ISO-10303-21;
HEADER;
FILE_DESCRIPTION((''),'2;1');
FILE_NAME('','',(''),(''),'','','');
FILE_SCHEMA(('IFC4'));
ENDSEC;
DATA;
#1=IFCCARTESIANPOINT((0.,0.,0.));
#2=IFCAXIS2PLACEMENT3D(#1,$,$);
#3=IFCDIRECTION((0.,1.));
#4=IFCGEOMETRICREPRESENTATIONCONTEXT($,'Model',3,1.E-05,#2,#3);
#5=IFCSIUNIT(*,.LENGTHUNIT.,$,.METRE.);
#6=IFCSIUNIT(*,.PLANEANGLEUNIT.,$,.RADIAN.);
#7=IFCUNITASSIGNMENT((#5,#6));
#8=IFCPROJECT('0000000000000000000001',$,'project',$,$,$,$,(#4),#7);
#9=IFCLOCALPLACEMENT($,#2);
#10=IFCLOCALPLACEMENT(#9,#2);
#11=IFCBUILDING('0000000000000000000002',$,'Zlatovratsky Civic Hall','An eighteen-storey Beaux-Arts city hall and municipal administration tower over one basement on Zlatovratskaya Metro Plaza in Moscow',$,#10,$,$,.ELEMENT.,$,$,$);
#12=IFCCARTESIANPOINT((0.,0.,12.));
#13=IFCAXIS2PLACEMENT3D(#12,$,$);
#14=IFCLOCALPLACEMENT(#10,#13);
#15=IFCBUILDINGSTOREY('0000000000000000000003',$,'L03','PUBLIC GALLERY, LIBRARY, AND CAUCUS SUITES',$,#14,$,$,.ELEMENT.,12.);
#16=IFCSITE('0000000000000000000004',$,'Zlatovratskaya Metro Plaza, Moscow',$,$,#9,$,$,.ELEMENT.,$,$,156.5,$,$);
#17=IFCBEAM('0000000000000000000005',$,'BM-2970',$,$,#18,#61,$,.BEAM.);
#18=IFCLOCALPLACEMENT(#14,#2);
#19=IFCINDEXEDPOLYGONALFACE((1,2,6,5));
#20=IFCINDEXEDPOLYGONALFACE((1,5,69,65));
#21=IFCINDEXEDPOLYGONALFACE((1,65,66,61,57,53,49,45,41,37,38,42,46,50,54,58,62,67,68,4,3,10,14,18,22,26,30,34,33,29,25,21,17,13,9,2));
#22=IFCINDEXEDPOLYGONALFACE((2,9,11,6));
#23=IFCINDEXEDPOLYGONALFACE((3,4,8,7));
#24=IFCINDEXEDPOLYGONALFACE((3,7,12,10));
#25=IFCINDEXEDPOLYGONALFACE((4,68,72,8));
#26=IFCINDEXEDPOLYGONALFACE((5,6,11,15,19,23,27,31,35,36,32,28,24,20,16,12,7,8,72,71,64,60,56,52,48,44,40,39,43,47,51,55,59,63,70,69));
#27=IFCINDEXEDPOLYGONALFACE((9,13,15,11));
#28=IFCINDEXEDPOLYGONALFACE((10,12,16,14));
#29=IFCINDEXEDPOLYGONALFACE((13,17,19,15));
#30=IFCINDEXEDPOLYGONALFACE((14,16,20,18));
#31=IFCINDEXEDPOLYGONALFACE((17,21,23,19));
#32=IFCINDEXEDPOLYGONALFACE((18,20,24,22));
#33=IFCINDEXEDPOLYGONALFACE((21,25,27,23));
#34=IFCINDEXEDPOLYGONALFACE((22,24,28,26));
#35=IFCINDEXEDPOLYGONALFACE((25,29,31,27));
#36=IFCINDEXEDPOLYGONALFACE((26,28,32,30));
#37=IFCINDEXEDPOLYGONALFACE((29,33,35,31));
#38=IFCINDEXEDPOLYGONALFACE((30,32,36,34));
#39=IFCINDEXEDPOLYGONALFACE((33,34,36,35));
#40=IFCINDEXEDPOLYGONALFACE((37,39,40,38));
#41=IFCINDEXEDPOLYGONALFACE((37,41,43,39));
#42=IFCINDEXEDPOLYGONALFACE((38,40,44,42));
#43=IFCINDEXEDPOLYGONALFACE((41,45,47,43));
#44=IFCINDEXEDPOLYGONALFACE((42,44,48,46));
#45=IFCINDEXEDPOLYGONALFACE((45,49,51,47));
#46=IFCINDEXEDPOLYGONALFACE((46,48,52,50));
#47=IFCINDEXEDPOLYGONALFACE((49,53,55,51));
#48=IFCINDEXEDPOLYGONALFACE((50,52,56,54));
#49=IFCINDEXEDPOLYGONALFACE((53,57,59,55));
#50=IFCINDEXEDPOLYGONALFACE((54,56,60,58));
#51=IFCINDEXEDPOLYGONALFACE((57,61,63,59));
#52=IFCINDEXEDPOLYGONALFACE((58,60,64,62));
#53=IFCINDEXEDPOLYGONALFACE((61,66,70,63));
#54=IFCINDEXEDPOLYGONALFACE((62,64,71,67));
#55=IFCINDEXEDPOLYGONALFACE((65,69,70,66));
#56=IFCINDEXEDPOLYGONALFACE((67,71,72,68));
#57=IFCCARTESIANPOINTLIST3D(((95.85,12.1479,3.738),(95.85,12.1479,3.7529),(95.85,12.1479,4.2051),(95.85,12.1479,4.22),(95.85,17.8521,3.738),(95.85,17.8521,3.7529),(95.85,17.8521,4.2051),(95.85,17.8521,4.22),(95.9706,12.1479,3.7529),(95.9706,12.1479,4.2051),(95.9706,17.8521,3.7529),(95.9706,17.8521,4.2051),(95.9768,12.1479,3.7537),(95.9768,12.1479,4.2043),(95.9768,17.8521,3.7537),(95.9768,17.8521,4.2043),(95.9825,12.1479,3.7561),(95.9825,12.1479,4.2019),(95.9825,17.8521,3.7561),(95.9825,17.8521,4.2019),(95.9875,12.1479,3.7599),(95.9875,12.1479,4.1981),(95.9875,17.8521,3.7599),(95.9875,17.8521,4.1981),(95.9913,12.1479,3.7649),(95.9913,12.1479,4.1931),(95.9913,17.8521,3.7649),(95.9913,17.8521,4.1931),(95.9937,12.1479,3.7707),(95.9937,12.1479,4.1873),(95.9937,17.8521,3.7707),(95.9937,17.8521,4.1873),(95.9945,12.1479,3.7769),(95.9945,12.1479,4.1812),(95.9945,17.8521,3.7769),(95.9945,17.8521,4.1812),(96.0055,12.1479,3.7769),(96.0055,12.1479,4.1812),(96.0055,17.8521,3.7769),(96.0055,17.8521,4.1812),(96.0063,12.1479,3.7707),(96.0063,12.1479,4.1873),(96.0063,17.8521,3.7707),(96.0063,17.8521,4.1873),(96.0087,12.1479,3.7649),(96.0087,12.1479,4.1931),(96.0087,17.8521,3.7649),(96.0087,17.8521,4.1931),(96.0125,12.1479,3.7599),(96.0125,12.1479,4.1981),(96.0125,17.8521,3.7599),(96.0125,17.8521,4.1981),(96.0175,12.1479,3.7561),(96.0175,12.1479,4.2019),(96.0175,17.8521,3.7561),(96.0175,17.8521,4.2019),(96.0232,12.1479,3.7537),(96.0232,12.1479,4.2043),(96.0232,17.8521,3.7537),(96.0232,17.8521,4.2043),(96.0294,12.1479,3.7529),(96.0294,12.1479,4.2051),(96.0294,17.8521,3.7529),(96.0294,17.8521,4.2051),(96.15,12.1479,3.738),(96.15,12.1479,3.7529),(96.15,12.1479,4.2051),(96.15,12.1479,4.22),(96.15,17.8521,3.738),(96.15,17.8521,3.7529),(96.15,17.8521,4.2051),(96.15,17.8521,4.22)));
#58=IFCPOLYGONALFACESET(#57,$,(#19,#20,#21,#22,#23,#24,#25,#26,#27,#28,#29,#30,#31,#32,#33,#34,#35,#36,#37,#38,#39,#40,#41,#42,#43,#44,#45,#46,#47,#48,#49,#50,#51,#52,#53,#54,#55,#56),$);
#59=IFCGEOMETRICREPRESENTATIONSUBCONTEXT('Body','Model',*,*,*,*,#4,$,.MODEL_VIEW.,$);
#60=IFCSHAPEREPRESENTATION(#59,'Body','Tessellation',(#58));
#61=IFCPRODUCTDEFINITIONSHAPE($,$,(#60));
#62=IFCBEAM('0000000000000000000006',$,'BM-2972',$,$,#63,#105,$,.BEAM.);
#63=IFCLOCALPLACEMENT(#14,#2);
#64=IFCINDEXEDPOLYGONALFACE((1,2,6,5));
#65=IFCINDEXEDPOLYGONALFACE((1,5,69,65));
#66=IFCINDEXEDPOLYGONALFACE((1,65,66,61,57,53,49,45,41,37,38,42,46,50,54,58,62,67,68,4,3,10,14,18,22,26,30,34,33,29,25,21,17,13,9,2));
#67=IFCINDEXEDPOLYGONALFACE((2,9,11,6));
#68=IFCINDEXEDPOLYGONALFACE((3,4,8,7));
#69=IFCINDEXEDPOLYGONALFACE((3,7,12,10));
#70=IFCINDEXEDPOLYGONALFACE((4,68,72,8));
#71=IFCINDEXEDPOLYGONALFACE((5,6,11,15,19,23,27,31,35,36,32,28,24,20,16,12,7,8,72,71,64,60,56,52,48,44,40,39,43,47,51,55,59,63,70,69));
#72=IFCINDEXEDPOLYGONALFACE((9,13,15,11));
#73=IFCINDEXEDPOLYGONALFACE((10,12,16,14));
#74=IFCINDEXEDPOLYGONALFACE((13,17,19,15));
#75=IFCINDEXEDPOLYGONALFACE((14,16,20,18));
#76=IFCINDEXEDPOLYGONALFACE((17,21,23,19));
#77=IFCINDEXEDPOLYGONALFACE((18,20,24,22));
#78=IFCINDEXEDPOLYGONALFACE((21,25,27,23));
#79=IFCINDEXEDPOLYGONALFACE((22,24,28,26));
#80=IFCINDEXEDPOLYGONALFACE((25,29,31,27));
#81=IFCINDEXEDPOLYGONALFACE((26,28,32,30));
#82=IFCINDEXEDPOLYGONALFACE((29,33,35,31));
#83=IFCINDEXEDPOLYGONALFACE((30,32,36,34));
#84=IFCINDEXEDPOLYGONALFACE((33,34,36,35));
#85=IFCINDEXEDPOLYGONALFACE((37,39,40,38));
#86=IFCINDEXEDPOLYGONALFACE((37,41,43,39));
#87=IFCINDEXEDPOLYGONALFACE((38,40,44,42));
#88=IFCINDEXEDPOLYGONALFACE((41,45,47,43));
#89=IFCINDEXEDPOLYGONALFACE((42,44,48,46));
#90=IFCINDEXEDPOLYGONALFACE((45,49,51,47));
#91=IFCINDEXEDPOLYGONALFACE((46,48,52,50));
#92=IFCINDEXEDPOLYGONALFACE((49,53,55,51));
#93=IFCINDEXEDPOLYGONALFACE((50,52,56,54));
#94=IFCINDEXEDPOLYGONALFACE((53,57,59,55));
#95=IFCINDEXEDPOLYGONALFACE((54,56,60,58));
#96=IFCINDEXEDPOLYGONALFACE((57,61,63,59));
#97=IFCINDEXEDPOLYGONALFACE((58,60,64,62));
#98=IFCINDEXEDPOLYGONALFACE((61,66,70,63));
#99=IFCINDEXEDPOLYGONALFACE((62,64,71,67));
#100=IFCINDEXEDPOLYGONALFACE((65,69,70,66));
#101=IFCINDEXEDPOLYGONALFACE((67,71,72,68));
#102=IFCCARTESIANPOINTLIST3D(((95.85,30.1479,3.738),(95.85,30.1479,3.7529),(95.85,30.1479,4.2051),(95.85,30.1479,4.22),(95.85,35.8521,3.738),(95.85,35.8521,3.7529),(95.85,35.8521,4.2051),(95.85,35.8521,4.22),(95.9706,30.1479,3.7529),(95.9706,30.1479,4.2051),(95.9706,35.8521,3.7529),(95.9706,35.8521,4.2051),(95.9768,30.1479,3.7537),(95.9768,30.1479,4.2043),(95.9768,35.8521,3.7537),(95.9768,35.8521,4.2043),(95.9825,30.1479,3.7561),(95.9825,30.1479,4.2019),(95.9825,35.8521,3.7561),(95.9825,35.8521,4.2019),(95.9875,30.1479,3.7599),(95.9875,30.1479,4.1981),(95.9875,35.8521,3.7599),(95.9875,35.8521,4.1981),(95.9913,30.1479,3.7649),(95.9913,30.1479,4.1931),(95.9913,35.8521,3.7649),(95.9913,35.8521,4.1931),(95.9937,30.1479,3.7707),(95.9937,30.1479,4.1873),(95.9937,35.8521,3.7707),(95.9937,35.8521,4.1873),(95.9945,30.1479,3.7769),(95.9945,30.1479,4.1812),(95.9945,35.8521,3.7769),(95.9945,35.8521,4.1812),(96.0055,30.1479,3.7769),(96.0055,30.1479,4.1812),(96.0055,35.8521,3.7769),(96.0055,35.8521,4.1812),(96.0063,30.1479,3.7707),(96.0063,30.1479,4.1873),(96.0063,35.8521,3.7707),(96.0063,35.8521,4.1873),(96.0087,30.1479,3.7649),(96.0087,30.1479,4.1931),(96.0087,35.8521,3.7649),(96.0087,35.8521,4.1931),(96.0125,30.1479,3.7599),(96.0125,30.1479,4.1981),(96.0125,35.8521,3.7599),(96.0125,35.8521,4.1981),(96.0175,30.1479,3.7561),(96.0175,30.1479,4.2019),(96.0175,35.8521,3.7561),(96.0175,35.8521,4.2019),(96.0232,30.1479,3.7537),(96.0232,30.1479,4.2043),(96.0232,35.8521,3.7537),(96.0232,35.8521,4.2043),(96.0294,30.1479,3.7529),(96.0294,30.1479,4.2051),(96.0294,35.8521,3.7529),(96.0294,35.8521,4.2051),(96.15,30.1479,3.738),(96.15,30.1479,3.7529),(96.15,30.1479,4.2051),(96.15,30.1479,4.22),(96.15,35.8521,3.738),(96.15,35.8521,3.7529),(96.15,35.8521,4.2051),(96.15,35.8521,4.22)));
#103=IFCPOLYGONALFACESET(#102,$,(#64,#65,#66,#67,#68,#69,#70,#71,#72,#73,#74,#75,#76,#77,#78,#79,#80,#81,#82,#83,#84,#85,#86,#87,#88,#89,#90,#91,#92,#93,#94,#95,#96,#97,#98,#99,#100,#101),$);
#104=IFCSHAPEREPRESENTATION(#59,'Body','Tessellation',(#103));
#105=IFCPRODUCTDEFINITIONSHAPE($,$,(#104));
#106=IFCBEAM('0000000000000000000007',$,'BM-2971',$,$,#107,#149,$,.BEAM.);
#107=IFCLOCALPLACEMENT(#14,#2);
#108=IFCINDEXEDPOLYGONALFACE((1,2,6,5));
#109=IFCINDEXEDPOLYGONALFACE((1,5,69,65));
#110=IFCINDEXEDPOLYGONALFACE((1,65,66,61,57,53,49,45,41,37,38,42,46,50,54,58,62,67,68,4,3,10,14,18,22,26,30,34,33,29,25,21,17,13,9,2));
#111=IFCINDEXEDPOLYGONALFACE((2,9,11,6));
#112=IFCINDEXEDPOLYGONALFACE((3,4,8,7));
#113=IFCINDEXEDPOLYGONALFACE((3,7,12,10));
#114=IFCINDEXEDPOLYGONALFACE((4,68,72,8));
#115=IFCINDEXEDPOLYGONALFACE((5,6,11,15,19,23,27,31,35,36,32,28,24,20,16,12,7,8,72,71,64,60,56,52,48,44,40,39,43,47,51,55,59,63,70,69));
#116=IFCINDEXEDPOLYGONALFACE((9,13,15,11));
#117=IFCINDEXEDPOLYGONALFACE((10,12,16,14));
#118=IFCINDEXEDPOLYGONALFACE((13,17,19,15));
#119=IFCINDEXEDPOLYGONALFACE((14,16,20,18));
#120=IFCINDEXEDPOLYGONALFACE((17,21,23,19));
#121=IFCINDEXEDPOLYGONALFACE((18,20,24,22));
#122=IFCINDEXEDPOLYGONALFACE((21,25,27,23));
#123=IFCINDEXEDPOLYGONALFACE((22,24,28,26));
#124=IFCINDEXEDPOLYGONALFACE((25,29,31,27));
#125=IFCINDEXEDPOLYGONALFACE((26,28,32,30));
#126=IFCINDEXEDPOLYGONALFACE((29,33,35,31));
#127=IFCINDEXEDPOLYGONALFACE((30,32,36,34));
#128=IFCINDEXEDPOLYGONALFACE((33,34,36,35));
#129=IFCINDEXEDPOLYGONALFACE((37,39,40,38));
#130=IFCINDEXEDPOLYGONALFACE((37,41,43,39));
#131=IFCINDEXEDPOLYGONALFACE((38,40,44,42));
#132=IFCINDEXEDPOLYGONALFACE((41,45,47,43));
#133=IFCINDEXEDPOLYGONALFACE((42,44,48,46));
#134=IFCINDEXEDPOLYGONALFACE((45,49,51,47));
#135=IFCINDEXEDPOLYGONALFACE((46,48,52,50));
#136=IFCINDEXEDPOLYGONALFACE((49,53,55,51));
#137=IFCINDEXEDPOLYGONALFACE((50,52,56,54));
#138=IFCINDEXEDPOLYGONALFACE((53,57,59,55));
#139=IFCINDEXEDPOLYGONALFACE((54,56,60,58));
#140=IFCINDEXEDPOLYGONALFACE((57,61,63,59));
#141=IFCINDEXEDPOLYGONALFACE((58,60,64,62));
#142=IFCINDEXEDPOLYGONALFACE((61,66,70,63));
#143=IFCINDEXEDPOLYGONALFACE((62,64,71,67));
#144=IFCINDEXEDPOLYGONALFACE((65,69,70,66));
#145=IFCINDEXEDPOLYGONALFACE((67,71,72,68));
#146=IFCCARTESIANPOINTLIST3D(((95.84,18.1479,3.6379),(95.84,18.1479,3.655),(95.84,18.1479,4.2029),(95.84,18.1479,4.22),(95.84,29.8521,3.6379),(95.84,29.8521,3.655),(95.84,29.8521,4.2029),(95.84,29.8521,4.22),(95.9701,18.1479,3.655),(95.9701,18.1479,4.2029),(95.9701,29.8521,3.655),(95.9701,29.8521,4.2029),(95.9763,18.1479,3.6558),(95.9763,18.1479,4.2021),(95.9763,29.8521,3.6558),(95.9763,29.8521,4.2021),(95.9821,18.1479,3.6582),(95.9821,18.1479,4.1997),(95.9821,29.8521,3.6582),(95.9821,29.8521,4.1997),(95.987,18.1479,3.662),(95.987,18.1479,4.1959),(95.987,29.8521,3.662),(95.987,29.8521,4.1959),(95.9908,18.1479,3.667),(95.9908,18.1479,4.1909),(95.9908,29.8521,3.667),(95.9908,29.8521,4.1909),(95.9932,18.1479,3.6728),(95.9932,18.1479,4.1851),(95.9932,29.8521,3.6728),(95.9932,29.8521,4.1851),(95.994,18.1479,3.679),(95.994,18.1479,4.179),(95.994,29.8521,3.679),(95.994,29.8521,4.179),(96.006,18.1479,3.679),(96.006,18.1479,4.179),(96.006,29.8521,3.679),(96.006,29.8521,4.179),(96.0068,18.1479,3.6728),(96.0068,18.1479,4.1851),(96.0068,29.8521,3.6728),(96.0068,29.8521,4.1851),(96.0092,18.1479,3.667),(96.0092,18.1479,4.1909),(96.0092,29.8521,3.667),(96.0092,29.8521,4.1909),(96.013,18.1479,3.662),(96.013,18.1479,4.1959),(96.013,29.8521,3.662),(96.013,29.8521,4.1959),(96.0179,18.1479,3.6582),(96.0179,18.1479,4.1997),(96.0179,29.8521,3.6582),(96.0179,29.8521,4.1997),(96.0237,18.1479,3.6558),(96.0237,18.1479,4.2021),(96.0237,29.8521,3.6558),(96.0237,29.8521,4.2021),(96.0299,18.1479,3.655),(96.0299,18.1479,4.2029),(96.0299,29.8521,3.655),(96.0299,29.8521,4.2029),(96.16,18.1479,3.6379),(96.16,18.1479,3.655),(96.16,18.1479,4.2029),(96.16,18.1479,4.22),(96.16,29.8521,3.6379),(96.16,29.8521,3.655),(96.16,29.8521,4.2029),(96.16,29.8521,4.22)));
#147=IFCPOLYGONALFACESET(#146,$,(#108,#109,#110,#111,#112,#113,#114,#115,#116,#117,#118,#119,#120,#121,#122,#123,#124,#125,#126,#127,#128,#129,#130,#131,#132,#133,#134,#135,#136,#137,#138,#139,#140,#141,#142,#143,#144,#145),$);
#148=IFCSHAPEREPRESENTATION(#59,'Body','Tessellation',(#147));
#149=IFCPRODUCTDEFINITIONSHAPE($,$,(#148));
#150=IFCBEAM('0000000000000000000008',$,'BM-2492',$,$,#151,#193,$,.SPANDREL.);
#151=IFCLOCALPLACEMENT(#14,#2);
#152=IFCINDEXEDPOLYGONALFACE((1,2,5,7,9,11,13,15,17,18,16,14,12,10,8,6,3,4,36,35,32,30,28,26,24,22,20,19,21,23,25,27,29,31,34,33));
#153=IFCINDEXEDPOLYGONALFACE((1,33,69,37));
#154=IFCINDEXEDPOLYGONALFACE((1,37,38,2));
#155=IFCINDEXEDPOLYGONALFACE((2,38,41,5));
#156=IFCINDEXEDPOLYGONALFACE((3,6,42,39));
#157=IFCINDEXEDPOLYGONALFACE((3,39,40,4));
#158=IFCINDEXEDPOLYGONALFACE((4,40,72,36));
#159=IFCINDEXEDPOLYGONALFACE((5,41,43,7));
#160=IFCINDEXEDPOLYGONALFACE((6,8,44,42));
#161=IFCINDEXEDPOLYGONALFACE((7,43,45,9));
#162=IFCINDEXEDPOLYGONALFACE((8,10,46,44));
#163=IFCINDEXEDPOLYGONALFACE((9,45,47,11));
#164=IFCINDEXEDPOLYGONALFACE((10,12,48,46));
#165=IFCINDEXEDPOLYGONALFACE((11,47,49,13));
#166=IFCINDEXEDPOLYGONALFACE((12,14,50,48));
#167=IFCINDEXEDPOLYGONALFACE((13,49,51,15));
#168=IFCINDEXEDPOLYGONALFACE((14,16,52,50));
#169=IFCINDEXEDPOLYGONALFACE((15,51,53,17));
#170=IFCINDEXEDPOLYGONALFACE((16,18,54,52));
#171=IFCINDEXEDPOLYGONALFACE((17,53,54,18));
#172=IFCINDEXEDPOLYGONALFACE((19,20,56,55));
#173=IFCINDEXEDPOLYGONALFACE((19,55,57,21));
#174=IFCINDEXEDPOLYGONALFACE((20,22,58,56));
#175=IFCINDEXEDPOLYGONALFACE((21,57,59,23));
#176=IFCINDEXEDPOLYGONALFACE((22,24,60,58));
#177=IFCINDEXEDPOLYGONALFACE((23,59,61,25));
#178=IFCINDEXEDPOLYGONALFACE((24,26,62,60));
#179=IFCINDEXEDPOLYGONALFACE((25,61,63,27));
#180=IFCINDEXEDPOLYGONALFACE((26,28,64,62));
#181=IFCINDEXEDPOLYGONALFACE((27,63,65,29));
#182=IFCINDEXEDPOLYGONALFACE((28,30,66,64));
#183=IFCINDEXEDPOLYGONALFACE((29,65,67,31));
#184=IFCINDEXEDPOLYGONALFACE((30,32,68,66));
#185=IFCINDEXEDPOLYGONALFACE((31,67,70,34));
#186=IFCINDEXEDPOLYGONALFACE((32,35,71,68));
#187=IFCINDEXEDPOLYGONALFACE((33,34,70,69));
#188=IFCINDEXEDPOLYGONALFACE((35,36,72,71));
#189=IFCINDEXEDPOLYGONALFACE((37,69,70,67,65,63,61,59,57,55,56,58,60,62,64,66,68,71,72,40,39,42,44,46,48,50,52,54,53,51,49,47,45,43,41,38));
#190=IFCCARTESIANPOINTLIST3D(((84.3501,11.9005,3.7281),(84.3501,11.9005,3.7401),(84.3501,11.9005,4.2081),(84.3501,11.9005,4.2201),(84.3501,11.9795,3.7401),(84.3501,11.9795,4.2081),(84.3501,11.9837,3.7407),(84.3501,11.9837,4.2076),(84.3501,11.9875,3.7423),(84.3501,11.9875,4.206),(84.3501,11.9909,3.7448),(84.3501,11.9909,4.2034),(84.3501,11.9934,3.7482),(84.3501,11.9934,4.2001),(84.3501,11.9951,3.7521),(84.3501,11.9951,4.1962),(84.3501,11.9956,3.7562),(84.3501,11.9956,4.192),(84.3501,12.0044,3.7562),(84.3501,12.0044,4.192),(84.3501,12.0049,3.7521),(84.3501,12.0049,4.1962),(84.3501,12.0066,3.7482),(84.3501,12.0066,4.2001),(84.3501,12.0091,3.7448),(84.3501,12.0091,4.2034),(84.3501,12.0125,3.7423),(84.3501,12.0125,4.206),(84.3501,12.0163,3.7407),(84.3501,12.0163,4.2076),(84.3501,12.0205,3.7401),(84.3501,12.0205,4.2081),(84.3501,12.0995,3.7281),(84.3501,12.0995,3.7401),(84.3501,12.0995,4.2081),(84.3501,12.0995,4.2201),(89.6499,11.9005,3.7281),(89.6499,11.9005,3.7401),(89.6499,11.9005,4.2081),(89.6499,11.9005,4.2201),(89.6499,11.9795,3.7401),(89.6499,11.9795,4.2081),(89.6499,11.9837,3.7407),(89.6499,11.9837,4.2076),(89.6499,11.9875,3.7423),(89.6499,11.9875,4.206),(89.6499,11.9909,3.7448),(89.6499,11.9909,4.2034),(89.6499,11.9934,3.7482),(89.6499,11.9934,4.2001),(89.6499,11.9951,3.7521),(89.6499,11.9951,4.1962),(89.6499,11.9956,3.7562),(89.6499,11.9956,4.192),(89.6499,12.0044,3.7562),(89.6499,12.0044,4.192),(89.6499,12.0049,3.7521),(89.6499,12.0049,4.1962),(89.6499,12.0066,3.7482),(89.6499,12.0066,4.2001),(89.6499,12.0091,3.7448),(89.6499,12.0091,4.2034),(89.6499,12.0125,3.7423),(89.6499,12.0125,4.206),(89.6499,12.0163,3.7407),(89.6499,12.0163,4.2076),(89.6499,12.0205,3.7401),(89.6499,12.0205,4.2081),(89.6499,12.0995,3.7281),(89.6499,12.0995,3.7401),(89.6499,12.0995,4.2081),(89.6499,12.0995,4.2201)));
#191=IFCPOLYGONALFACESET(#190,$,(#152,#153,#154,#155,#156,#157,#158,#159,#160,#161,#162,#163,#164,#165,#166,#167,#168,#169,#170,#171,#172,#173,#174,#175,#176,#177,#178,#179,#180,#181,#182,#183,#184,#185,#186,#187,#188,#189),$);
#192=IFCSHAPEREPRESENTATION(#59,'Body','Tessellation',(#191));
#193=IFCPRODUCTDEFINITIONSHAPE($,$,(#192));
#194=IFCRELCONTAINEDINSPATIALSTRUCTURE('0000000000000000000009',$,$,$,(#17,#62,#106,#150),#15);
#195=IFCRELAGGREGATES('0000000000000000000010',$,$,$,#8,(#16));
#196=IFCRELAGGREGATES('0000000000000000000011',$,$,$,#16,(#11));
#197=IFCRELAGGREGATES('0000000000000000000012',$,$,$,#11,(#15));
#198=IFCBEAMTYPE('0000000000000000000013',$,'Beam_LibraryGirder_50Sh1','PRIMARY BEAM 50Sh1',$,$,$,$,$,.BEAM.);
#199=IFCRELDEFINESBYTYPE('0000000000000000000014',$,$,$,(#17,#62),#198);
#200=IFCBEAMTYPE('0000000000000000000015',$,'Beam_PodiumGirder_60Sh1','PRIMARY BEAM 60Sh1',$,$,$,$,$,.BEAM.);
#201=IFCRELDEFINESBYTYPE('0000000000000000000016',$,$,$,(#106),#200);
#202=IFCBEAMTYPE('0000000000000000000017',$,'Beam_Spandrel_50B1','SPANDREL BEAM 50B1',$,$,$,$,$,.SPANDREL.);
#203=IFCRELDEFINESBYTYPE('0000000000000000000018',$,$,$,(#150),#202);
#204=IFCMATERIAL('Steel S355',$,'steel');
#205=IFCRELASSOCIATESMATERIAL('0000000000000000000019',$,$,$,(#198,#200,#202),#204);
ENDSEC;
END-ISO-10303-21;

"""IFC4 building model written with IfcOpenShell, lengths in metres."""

from ifc_helpers import new_model, si_unit, direction, frame, origin, origin_2d, place, context, subcontext, project, spatial, i_section, extrude, material, material_profile, profile_set, type_object, element, save


model = new_model("IFC4")

# Units and contexts
model_context = context("Model", 3, precision=1e-05, world=origin(), true_north=direction((0.0, 1.0)))
body_context = subcontext(model_context, "Body", "Model", "MODEL_VIEW")
ifc_project = project(units=[si_unit("LENGTHUNIT", "METRE"), si_unit("PLANEANGLEUNIT", "RADIAN")], contexts=[model_context])

# Site, building, storey
site_placement = place(None, origin())
site = spatial("IfcSite", under=ifc_project, at=site_placement, Name="Zlatovratskaya Metro Plaza, Moscow", CompositionType="ELEMENT", RefElevation=156.5)
building_placement = place(site_placement, origin())
building = spatial("IfcBuilding", under=site, at=building_placement, Name="Zlatovratsky Civic Hall", Description="An eighteen-storey Beaux-Arts city hall and municipal administration tower over one basement on Zlatovratskaya Metro Plaza in Moscow", CompositionType="ELEMENT")
storey_placement = place(building_placement, frame((0.0, 0.0, 12.0)))
storey = spatial("IfcBuildingStorey", under=building, at=storey_placement, Name="L03", Description="PUBLIC GALLERY, LIBRARY, AND CAUCUS SUITES", CompositionType="ELEMENT", Elevation=12.0)

# Shared definitions
ifc_material_1 = material(Name="Steel S355", Category="steel")

# Beams
ifc_material_profile_1 = material_profile(ifc_material_1, i_section(OverallWidth=0.3, OverallDepth=0.4819, WebThickness=0.011, FlangeThickness=0.0149, FilletRadius=0.0239, at=origin_2d()), Name="50Sh1")
ifc_profile_set_1 = profile_set([ifc_material_profile_1], Name="Steel S355")
beam_type_1 = type_object("IfcBeamType", Name="Beam_LibraryGirder_50Sh1", Description="PRIMARY BEAM 50Sh1", PredefinedType="BEAM", material=ifc_profile_set_1)
for number, where, z_axis, x_axis, name in (
    (1, (96.0, 12.1479, 3.979), (0.0, 1.0, 0.0), (-1.0, 0.0, 0.0), "BM-2970"),
    (2, (96.0, 30.1479, 3.979), (0.0, 1.0, 0.0), (-1.0, 0.0, 0.0), "BM-2972"),
):
    element("IfcBeam", number, at=place(storey_placement, frame(where, z_axis=z_axis, x_axis=x_axis)), inside=storey, type_object=beam_type_1, Name=name, PredefinedType="BEAM", context=body_context, shape_type="SweptSolid", body=[
        extrude(i_section(OverallWidth=0.3, OverallDepth=0.4819, WebThickness=0.011, FlangeThickness=0.0149, FilletRadius=0.0239, at=origin_2d()), origin(), (0.0, 0.0, 1.0), 5.7041),
    ])
ifc_material_profile_2 = material_profile(ifc_material_1, i_section(OverallWidth=0.3201, OverallDepth=0.582, WebThickness=0.012, FlangeThickness=0.0171, FilletRadius=0.0239, at=origin_2d()), Name="60Sh1")
ifc_profile_set_2 = profile_set([ifc_material_profile_2], Name="Steel S355")
beam_type_2 = type_object("IfcBeamType", Name="Beam_PodiumGirder_60Sh1", Description="PRIMARY BEAM 60Sh1", PredefinedType="BEAM", material=ifc_profile_set_2)
beam_1_placement = place(storey_placement, frame((96.0, 18.1479, 3.929), z_axis=(0.0, 1.0, 0.0), x_axis=(-1.0, 0.0, 0.0)))
element("IfcBeam", 3, at=beam_1_placement, inside=storey, type_object=beam_type_2, Name="BM-2971", PredefinedType="BEAM", context=body_context, shape_type="SweptSolid", body=[
    extrude(i_section(OverallWidth=0.3201, OverallDepth=0.582, WebThickness=0.012, FlangeThickness=0.0171, FilletRadius=0.0239, at=origin_2d()), origin(), (0.0, 0.0, 1.0), 11.7041),
])
ifc_material_profile_3 = material_profile(ifc_material_1, i_section(OverallWidth=0.199, OverallDepth=0.4919, WebThickness=0.0088, FlangeThickness=0.012, FilletRadius=0.0161, at=origin_2d()), Name="50B1")
ifc_profile_set_3 = profile_set([ifc_material_profile_3], Name="Steel S355")
beam_type_3 = type_object("IfcBeamType", Name="Beam_Spandrel_50B1", Description="SPANDREL BEAM 50B1", PredefinedType="SPANDREL", material=ifc_profile_set_3)
beam_2_placement = place(storey_placement, frame((84.3501, 12.0, 3.9741), z_axis=(1.0, 0.0, 0.0), x_axis=(0.0, 1.0, 0.0)))
element("IfcBeam", 4, at=beam_2_placement, inside=storey, type_object=beam_type_3, Name="BM-2492", PredefinedType="SPANDREL", context=body_context, shape_type="SweptSolid", body=[
    extrude(i_section(OverallWidth=0.199, OverallDepth=0.4919, WebThickness=0.0088, FlangeThickness=0.012, FilletRadius=0.0161, at=origin_2d()), origin(), (0.0, 0.0, 1.0), 5.2998),
])

save(model, "model.ifc")
